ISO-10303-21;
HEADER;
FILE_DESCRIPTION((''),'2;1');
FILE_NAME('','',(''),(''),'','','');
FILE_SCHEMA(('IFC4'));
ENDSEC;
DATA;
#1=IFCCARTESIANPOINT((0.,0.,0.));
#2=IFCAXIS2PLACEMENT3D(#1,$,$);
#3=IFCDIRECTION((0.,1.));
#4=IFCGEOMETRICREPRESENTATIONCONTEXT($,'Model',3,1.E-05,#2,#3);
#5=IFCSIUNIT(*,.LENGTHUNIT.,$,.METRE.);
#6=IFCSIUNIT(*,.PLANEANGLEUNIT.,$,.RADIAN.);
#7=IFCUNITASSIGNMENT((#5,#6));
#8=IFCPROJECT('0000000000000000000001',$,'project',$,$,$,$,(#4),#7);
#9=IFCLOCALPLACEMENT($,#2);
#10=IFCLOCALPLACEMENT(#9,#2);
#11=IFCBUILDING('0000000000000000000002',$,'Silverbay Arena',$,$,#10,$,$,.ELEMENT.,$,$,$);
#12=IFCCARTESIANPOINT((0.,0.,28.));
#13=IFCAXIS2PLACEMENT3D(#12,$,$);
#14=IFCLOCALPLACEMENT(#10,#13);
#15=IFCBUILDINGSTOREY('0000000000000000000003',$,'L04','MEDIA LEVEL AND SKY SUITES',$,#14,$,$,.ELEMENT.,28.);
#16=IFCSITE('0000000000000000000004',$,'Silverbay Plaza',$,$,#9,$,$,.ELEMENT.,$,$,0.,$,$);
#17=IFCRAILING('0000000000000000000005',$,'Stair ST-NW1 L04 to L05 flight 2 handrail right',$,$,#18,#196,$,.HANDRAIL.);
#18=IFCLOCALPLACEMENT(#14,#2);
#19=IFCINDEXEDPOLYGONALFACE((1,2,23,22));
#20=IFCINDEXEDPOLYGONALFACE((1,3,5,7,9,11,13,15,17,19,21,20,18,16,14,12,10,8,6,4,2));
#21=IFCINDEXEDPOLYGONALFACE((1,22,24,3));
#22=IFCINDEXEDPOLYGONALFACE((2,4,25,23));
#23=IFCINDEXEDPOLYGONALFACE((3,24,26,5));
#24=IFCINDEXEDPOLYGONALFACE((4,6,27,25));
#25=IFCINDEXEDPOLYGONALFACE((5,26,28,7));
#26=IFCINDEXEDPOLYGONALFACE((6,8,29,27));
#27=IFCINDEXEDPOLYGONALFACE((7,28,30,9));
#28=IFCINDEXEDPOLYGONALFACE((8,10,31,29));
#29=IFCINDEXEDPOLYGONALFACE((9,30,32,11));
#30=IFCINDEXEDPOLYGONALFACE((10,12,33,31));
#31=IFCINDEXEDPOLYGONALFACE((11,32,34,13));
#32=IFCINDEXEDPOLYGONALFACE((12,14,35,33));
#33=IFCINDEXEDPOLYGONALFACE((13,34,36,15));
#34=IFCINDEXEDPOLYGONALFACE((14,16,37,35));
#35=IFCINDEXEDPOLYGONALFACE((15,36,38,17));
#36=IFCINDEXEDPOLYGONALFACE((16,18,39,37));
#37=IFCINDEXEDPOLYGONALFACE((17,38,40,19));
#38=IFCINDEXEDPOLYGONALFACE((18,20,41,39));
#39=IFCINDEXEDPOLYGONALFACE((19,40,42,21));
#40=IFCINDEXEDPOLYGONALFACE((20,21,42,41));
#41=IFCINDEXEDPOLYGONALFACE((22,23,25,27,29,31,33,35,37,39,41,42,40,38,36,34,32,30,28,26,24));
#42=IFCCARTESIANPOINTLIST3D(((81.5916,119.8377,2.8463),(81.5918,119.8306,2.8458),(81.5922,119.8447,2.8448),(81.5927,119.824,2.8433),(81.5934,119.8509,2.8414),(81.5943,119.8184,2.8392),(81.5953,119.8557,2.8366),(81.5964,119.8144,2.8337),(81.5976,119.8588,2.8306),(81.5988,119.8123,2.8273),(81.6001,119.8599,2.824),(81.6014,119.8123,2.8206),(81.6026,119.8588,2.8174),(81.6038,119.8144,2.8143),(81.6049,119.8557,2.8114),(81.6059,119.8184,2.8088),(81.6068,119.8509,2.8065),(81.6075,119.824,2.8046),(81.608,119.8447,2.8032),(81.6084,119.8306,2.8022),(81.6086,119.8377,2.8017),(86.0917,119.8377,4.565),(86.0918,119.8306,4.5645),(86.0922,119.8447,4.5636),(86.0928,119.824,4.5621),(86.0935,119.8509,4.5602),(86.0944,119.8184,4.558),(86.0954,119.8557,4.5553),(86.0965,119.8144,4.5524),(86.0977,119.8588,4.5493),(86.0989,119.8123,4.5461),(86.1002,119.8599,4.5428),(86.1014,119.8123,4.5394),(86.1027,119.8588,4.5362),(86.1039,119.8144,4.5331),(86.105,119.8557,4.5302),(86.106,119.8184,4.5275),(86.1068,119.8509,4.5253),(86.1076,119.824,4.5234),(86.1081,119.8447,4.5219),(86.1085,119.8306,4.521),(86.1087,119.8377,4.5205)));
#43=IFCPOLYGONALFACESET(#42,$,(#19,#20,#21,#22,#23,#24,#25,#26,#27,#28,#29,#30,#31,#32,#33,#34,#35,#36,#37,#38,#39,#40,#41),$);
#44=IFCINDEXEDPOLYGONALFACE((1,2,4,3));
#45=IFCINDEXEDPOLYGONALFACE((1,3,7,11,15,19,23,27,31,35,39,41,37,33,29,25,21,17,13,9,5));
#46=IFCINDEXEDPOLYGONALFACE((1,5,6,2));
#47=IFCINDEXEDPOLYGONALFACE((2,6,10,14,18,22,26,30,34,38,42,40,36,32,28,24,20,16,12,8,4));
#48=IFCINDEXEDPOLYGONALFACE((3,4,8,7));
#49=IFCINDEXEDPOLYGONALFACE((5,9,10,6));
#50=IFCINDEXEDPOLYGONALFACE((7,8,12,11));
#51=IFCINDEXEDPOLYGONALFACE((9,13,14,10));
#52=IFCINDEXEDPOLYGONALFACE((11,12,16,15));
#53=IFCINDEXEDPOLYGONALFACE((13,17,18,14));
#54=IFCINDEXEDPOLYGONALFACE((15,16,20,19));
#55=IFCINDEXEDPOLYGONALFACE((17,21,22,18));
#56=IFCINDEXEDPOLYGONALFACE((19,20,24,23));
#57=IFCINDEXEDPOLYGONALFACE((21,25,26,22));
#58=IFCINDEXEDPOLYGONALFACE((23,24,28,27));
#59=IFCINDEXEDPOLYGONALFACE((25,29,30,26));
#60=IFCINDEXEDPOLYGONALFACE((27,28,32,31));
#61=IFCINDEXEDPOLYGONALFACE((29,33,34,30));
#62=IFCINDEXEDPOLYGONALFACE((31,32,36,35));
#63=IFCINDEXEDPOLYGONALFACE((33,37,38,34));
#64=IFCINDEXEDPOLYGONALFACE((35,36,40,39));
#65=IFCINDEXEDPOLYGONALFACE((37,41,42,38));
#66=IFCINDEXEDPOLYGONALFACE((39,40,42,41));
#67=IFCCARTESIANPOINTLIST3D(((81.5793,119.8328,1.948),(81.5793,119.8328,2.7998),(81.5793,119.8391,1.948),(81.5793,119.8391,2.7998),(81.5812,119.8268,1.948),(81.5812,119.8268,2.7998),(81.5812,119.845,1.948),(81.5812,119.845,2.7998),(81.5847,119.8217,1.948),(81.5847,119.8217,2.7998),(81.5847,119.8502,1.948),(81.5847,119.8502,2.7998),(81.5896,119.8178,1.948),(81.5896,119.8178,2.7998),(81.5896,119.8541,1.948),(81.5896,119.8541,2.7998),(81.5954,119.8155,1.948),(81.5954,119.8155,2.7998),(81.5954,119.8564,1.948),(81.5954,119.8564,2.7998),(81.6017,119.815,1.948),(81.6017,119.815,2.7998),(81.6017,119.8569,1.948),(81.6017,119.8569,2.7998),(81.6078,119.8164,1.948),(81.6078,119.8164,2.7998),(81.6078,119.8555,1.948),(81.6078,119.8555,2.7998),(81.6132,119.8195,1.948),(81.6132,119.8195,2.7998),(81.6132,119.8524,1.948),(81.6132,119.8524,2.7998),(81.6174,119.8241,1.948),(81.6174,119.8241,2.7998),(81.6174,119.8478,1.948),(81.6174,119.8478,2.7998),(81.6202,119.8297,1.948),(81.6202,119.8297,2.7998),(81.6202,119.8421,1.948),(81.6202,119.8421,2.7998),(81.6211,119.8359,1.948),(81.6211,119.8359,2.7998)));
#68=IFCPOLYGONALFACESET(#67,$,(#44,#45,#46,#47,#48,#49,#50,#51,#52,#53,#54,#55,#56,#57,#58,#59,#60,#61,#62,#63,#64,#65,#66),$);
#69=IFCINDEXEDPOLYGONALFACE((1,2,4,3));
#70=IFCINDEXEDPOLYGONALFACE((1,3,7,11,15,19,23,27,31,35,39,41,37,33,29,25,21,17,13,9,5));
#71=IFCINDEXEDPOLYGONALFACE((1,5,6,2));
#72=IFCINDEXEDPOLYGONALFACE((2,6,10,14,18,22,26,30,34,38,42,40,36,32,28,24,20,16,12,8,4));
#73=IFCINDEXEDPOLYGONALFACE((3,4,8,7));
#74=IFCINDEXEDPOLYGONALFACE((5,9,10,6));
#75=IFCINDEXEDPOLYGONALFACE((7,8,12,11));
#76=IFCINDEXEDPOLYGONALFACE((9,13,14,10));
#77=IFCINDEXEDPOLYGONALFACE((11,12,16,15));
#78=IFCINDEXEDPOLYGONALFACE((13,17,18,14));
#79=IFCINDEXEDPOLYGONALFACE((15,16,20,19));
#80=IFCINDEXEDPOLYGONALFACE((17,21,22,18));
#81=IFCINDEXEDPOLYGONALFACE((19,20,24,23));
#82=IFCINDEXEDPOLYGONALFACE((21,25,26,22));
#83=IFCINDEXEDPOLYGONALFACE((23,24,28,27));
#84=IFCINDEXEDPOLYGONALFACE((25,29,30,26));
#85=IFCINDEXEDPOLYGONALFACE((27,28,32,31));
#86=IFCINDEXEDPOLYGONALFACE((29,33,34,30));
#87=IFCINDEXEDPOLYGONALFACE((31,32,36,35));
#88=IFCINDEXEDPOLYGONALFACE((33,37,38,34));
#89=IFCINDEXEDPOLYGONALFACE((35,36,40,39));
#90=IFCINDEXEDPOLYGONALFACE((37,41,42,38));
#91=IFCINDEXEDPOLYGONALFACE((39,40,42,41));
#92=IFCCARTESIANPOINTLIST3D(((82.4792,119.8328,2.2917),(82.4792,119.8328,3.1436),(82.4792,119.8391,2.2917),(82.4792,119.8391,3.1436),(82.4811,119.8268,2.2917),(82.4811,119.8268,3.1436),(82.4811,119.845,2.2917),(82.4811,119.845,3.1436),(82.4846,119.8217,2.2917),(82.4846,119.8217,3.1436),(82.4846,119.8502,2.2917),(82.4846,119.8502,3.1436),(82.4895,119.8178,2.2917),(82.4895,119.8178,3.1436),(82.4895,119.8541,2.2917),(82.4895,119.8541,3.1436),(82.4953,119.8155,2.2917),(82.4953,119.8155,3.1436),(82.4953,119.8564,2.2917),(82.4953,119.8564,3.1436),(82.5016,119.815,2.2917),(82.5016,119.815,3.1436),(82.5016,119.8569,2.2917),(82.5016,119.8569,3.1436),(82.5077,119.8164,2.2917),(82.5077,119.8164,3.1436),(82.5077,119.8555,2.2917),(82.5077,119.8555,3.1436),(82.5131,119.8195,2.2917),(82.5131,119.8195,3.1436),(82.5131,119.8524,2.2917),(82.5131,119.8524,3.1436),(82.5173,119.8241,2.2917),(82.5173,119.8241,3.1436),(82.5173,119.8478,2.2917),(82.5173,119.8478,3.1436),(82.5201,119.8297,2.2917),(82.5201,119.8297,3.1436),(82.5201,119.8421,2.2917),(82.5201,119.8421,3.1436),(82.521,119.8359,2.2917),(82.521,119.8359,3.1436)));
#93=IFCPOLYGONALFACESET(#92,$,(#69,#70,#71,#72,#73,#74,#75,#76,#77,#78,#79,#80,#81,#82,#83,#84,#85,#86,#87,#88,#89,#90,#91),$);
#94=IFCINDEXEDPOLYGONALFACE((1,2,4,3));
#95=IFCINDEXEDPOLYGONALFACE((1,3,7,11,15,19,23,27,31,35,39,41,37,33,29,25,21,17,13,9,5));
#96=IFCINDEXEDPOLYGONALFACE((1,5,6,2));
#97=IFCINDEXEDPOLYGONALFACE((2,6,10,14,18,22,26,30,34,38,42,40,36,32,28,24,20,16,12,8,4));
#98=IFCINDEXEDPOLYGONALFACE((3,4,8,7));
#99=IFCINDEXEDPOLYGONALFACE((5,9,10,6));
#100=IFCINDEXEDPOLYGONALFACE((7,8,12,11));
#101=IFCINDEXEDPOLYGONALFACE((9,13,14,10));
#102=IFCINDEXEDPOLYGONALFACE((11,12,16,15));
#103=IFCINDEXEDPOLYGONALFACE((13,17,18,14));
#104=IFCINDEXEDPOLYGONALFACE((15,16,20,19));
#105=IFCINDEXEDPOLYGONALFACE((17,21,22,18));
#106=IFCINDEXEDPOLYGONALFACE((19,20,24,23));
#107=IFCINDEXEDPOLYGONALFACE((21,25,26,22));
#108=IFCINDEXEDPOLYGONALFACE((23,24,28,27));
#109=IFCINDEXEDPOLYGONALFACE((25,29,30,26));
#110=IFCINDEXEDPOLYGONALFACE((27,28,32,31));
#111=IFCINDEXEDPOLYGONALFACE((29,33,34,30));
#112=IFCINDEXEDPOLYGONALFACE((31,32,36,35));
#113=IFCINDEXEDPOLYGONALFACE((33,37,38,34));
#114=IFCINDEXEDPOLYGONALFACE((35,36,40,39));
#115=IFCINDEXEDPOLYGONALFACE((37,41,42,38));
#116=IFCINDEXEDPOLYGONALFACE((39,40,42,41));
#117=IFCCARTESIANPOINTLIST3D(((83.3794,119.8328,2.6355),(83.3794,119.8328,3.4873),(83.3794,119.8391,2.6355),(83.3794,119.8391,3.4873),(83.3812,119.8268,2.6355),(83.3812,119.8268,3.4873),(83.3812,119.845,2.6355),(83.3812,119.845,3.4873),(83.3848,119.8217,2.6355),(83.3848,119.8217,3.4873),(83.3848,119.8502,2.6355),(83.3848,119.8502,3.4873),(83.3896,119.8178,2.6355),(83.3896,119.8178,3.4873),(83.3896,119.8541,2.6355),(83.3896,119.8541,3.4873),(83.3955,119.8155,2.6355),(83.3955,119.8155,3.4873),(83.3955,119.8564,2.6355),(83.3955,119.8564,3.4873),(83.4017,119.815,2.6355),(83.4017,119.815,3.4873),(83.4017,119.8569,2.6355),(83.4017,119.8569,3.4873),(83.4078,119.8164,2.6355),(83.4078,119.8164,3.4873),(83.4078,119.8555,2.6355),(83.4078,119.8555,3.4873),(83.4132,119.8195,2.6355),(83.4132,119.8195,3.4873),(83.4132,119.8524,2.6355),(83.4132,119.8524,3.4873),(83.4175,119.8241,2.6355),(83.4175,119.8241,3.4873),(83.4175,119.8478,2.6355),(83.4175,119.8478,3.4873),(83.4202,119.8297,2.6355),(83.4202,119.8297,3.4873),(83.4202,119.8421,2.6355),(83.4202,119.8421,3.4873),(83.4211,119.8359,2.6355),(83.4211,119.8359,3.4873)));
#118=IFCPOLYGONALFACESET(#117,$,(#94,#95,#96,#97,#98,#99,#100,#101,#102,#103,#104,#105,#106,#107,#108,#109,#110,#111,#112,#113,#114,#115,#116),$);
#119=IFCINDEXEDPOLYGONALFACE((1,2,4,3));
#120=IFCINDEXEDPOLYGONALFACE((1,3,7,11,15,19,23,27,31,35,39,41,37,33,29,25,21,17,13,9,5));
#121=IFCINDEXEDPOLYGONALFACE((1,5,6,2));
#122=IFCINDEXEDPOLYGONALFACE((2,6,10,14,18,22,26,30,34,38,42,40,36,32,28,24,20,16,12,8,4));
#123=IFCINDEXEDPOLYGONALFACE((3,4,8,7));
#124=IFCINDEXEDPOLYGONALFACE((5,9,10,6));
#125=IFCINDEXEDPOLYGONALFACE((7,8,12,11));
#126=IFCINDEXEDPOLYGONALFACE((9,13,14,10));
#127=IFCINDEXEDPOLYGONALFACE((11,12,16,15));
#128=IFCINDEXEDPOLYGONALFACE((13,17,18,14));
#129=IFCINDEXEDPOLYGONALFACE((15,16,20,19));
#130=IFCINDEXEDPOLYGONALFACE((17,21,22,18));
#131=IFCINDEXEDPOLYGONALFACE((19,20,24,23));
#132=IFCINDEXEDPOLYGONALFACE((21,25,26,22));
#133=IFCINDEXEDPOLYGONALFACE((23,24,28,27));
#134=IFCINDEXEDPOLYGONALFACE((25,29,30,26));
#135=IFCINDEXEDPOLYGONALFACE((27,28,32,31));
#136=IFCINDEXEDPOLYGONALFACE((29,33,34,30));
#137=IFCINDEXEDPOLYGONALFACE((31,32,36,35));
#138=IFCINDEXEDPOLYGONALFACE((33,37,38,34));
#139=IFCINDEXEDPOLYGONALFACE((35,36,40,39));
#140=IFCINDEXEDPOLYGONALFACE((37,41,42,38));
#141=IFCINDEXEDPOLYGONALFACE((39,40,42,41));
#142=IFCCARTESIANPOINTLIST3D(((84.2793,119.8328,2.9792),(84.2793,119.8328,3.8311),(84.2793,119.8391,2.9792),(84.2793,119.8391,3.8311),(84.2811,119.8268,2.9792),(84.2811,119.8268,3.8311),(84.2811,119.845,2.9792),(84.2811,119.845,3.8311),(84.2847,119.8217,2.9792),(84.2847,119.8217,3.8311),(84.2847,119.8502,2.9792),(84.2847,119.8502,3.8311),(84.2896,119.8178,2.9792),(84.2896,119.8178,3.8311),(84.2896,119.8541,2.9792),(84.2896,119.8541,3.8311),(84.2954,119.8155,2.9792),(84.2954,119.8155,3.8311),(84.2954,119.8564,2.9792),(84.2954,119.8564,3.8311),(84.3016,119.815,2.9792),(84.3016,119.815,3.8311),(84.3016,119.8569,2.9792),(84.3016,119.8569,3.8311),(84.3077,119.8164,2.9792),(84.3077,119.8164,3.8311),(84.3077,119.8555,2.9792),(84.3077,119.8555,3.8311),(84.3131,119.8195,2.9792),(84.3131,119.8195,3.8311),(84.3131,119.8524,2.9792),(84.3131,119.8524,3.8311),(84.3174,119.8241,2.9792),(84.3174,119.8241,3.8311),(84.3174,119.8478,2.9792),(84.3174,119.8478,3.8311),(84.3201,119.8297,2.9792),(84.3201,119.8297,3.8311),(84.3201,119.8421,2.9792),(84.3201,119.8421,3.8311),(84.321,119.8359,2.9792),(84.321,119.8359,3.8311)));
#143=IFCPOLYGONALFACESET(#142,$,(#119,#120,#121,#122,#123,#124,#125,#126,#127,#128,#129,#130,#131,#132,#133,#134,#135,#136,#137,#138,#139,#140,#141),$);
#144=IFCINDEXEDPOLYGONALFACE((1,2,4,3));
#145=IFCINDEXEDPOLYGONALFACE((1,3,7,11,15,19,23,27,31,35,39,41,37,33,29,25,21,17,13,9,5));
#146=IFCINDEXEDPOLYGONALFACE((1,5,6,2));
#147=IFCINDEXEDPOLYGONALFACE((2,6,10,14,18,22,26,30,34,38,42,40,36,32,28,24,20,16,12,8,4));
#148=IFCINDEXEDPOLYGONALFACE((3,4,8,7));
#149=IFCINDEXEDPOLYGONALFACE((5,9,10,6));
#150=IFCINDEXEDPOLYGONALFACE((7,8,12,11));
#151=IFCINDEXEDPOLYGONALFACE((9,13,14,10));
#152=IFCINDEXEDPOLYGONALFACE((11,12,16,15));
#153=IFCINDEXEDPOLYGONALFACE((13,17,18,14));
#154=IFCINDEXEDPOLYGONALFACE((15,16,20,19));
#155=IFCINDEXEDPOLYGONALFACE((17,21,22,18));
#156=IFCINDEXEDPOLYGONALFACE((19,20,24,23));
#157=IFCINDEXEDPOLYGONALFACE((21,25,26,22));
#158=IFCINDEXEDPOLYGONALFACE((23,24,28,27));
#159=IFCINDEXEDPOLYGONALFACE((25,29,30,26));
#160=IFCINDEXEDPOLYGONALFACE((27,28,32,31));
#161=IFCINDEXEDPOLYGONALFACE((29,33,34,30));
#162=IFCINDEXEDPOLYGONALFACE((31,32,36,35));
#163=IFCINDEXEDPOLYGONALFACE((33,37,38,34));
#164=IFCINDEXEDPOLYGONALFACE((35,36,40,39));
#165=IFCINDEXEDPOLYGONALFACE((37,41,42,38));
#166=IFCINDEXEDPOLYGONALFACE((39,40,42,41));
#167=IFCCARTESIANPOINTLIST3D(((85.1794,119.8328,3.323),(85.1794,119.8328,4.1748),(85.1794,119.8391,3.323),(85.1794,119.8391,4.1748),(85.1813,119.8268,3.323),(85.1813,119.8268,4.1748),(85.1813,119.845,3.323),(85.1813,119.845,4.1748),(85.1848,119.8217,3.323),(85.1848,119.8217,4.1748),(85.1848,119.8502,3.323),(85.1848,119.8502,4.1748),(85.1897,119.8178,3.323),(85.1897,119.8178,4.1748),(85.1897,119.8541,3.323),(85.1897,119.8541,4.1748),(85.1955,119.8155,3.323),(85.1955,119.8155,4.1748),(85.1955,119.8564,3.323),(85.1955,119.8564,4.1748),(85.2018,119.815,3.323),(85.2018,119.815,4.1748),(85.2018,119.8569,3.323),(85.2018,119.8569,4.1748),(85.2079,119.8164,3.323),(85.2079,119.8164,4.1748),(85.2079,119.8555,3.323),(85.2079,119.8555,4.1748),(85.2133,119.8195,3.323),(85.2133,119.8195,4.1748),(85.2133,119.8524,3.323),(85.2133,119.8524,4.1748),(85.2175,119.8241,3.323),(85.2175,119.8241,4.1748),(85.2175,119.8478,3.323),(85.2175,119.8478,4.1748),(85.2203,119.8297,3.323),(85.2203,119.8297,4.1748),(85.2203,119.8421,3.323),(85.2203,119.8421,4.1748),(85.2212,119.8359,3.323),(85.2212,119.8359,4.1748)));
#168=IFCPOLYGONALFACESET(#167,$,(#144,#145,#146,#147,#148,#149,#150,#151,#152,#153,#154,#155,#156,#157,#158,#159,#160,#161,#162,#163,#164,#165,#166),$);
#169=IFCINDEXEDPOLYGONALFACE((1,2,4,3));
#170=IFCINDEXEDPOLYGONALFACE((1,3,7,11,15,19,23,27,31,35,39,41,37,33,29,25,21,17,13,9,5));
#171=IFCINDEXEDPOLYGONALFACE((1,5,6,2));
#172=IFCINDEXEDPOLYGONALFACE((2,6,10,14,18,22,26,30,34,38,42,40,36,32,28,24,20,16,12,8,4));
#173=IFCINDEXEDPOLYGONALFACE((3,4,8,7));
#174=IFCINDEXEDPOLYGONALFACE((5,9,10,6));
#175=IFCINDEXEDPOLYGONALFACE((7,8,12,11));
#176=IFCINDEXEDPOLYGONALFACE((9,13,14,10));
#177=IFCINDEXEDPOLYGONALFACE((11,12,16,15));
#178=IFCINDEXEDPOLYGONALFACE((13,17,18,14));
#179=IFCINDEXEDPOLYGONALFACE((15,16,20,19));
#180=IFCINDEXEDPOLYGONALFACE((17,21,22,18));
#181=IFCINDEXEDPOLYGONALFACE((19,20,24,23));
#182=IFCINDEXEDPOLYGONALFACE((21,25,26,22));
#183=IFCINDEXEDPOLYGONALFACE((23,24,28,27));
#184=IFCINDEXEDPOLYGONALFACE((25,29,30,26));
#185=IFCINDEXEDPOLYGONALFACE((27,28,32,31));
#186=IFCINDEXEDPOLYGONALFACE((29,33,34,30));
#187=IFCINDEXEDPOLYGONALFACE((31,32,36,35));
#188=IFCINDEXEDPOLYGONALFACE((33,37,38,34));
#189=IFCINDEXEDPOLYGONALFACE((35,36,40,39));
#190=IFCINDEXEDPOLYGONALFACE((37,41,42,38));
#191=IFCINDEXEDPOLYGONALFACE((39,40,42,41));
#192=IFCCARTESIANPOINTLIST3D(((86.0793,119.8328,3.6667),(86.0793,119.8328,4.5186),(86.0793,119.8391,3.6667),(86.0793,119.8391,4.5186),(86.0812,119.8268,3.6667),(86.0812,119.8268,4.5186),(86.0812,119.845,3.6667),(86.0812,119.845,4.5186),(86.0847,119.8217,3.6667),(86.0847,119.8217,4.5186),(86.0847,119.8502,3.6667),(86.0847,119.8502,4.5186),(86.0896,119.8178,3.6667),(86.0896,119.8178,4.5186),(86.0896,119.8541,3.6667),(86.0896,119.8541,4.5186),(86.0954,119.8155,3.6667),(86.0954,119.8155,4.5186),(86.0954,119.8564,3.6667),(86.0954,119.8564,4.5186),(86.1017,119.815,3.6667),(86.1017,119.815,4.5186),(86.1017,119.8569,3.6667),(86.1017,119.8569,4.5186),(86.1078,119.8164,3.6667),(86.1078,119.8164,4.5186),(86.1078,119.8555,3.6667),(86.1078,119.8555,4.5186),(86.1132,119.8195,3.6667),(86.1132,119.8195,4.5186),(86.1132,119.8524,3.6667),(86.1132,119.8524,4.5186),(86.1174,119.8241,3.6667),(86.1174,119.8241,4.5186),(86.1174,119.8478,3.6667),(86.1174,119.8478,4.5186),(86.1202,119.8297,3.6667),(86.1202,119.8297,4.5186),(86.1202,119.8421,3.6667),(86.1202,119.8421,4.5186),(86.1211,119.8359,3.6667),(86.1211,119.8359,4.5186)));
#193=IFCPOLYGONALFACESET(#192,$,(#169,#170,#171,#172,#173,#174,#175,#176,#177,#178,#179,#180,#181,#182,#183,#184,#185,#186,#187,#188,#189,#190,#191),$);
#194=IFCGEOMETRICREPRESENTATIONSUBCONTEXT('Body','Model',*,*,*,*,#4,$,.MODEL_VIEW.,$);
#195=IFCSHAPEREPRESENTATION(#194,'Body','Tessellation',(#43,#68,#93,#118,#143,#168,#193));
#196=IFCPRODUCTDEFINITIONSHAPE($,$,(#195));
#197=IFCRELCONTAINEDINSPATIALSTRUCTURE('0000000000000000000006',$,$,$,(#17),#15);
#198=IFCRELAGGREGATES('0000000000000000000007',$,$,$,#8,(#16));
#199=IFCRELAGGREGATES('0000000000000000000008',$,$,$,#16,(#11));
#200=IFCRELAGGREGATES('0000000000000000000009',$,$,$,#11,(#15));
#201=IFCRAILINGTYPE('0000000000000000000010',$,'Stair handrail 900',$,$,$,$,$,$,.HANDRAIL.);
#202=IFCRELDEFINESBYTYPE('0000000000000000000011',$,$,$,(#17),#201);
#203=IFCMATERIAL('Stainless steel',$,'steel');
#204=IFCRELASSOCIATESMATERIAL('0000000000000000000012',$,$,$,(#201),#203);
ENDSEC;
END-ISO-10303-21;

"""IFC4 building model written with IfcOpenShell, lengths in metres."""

from ifc_helpers import new_model, si_unit, direction, frame, origin, origin_2d, place, context, subcontext, project, spatial, circle, extrude, material, type_object, element, save


model = new_model("IFC4")

# Units and contexts
model_context = context("Model", 3, precision=1e-05, world=origin(), true_north=direction((0.0, 1.0)))
body_context = subcontext(model_context, "Body", "Model", "MODEL_VIEW")
ifc_project = project(units=[si_unit("LENGTHUNIT", "METRE"), si_unit("PLANEANGLEUNIT", "RADIAN")], contexts=[model_context])

# Site, building, storey
site_placement = place(None, origin())
site = spatial("IfcSite", under=ifc_project, at=site_placement, Name="Silverbay Plaza", CompositionType="ELEMENT", RefElevation=0.0)
building_placement = place(site_placement, origin())
building = spatial("IfcBuilding", under=site, at=building_placement, Name="Silverbay Arena", CompositionType="ELEMENT")
storey_placement = place(building_placement, frame((0.0, 0.0, 28.0)))
storey = spatial("IfcBuildingStorey", under=building, at=storey_placement, Name="L04", Description="MEDIA LEVEL AND SKY SUITES", CompositionType="ELEMENT", Elevation=28.0)

# Railing
ifc_material_1 = material(Name="Stainless steel", Category="steel")
railing_type_1 = type_object("IfcRailingType", Name="Stair handrail 900", PredefinedType="HANDRAIL", material=ifc_material_1)
for number, where, name in (
    (1, (81.6001, 119.8359, 1.948), "Stair ST-NW1 L04 to L05 flight 2 handrail right"),
):
    element("IfcRailing", number, at=place(storey_placement, frame(where)), inside=storey, type_object=railing_type_1, Name=name, PredefinedType="HANDRAIL", context=body_context, shape_type="SweptSolid", body=[
        extrude(circle(Radius=0.0239, at=origin_2d()), frame((0.0, 0.0, 0.876), z_axis=(0.934179, 0.0, 0.356805), x_axis=(0.0, 1.0, 0.0)), (0.0, 0.0, 1.0), 4.8171),
        extrude(circle(Radius=0.021, at=origin_2d()), origin(), (0.0, 0.0, 1.0), 0.8518),
        extrude(circle(Radius=0.021, at=origin_2d()), frame((0.8999, 0.0, 0.3438)), (0.0, 0.0, 1.0), 0.8518),
        extrude(circle(Radius=0.021, at=origin_2d()), frame((1.8, 0.0, 0.6875)), (0.0, 0.0, 1.0), 0.8518),
        extrude(circle(Radius=0.021, at=origin_2d()), frame((2.7, 0.0, 1.0312)), (0.0, 0.0, 1.0), 0.8518),
        extrude(circle(Radius=0.021, at=origin_2d()), frame((3.6001, 0.0, 1.375)), (0.0, 0.0, 1.0), 0.8518),
        extrude(circle(Radius=0.021, at=origin_2d()), frame((4.5, 0.0, 1.7188)), (0.0, 0.0, 1.0), 0.8518),
    ])

save(model, "model.ifc")
